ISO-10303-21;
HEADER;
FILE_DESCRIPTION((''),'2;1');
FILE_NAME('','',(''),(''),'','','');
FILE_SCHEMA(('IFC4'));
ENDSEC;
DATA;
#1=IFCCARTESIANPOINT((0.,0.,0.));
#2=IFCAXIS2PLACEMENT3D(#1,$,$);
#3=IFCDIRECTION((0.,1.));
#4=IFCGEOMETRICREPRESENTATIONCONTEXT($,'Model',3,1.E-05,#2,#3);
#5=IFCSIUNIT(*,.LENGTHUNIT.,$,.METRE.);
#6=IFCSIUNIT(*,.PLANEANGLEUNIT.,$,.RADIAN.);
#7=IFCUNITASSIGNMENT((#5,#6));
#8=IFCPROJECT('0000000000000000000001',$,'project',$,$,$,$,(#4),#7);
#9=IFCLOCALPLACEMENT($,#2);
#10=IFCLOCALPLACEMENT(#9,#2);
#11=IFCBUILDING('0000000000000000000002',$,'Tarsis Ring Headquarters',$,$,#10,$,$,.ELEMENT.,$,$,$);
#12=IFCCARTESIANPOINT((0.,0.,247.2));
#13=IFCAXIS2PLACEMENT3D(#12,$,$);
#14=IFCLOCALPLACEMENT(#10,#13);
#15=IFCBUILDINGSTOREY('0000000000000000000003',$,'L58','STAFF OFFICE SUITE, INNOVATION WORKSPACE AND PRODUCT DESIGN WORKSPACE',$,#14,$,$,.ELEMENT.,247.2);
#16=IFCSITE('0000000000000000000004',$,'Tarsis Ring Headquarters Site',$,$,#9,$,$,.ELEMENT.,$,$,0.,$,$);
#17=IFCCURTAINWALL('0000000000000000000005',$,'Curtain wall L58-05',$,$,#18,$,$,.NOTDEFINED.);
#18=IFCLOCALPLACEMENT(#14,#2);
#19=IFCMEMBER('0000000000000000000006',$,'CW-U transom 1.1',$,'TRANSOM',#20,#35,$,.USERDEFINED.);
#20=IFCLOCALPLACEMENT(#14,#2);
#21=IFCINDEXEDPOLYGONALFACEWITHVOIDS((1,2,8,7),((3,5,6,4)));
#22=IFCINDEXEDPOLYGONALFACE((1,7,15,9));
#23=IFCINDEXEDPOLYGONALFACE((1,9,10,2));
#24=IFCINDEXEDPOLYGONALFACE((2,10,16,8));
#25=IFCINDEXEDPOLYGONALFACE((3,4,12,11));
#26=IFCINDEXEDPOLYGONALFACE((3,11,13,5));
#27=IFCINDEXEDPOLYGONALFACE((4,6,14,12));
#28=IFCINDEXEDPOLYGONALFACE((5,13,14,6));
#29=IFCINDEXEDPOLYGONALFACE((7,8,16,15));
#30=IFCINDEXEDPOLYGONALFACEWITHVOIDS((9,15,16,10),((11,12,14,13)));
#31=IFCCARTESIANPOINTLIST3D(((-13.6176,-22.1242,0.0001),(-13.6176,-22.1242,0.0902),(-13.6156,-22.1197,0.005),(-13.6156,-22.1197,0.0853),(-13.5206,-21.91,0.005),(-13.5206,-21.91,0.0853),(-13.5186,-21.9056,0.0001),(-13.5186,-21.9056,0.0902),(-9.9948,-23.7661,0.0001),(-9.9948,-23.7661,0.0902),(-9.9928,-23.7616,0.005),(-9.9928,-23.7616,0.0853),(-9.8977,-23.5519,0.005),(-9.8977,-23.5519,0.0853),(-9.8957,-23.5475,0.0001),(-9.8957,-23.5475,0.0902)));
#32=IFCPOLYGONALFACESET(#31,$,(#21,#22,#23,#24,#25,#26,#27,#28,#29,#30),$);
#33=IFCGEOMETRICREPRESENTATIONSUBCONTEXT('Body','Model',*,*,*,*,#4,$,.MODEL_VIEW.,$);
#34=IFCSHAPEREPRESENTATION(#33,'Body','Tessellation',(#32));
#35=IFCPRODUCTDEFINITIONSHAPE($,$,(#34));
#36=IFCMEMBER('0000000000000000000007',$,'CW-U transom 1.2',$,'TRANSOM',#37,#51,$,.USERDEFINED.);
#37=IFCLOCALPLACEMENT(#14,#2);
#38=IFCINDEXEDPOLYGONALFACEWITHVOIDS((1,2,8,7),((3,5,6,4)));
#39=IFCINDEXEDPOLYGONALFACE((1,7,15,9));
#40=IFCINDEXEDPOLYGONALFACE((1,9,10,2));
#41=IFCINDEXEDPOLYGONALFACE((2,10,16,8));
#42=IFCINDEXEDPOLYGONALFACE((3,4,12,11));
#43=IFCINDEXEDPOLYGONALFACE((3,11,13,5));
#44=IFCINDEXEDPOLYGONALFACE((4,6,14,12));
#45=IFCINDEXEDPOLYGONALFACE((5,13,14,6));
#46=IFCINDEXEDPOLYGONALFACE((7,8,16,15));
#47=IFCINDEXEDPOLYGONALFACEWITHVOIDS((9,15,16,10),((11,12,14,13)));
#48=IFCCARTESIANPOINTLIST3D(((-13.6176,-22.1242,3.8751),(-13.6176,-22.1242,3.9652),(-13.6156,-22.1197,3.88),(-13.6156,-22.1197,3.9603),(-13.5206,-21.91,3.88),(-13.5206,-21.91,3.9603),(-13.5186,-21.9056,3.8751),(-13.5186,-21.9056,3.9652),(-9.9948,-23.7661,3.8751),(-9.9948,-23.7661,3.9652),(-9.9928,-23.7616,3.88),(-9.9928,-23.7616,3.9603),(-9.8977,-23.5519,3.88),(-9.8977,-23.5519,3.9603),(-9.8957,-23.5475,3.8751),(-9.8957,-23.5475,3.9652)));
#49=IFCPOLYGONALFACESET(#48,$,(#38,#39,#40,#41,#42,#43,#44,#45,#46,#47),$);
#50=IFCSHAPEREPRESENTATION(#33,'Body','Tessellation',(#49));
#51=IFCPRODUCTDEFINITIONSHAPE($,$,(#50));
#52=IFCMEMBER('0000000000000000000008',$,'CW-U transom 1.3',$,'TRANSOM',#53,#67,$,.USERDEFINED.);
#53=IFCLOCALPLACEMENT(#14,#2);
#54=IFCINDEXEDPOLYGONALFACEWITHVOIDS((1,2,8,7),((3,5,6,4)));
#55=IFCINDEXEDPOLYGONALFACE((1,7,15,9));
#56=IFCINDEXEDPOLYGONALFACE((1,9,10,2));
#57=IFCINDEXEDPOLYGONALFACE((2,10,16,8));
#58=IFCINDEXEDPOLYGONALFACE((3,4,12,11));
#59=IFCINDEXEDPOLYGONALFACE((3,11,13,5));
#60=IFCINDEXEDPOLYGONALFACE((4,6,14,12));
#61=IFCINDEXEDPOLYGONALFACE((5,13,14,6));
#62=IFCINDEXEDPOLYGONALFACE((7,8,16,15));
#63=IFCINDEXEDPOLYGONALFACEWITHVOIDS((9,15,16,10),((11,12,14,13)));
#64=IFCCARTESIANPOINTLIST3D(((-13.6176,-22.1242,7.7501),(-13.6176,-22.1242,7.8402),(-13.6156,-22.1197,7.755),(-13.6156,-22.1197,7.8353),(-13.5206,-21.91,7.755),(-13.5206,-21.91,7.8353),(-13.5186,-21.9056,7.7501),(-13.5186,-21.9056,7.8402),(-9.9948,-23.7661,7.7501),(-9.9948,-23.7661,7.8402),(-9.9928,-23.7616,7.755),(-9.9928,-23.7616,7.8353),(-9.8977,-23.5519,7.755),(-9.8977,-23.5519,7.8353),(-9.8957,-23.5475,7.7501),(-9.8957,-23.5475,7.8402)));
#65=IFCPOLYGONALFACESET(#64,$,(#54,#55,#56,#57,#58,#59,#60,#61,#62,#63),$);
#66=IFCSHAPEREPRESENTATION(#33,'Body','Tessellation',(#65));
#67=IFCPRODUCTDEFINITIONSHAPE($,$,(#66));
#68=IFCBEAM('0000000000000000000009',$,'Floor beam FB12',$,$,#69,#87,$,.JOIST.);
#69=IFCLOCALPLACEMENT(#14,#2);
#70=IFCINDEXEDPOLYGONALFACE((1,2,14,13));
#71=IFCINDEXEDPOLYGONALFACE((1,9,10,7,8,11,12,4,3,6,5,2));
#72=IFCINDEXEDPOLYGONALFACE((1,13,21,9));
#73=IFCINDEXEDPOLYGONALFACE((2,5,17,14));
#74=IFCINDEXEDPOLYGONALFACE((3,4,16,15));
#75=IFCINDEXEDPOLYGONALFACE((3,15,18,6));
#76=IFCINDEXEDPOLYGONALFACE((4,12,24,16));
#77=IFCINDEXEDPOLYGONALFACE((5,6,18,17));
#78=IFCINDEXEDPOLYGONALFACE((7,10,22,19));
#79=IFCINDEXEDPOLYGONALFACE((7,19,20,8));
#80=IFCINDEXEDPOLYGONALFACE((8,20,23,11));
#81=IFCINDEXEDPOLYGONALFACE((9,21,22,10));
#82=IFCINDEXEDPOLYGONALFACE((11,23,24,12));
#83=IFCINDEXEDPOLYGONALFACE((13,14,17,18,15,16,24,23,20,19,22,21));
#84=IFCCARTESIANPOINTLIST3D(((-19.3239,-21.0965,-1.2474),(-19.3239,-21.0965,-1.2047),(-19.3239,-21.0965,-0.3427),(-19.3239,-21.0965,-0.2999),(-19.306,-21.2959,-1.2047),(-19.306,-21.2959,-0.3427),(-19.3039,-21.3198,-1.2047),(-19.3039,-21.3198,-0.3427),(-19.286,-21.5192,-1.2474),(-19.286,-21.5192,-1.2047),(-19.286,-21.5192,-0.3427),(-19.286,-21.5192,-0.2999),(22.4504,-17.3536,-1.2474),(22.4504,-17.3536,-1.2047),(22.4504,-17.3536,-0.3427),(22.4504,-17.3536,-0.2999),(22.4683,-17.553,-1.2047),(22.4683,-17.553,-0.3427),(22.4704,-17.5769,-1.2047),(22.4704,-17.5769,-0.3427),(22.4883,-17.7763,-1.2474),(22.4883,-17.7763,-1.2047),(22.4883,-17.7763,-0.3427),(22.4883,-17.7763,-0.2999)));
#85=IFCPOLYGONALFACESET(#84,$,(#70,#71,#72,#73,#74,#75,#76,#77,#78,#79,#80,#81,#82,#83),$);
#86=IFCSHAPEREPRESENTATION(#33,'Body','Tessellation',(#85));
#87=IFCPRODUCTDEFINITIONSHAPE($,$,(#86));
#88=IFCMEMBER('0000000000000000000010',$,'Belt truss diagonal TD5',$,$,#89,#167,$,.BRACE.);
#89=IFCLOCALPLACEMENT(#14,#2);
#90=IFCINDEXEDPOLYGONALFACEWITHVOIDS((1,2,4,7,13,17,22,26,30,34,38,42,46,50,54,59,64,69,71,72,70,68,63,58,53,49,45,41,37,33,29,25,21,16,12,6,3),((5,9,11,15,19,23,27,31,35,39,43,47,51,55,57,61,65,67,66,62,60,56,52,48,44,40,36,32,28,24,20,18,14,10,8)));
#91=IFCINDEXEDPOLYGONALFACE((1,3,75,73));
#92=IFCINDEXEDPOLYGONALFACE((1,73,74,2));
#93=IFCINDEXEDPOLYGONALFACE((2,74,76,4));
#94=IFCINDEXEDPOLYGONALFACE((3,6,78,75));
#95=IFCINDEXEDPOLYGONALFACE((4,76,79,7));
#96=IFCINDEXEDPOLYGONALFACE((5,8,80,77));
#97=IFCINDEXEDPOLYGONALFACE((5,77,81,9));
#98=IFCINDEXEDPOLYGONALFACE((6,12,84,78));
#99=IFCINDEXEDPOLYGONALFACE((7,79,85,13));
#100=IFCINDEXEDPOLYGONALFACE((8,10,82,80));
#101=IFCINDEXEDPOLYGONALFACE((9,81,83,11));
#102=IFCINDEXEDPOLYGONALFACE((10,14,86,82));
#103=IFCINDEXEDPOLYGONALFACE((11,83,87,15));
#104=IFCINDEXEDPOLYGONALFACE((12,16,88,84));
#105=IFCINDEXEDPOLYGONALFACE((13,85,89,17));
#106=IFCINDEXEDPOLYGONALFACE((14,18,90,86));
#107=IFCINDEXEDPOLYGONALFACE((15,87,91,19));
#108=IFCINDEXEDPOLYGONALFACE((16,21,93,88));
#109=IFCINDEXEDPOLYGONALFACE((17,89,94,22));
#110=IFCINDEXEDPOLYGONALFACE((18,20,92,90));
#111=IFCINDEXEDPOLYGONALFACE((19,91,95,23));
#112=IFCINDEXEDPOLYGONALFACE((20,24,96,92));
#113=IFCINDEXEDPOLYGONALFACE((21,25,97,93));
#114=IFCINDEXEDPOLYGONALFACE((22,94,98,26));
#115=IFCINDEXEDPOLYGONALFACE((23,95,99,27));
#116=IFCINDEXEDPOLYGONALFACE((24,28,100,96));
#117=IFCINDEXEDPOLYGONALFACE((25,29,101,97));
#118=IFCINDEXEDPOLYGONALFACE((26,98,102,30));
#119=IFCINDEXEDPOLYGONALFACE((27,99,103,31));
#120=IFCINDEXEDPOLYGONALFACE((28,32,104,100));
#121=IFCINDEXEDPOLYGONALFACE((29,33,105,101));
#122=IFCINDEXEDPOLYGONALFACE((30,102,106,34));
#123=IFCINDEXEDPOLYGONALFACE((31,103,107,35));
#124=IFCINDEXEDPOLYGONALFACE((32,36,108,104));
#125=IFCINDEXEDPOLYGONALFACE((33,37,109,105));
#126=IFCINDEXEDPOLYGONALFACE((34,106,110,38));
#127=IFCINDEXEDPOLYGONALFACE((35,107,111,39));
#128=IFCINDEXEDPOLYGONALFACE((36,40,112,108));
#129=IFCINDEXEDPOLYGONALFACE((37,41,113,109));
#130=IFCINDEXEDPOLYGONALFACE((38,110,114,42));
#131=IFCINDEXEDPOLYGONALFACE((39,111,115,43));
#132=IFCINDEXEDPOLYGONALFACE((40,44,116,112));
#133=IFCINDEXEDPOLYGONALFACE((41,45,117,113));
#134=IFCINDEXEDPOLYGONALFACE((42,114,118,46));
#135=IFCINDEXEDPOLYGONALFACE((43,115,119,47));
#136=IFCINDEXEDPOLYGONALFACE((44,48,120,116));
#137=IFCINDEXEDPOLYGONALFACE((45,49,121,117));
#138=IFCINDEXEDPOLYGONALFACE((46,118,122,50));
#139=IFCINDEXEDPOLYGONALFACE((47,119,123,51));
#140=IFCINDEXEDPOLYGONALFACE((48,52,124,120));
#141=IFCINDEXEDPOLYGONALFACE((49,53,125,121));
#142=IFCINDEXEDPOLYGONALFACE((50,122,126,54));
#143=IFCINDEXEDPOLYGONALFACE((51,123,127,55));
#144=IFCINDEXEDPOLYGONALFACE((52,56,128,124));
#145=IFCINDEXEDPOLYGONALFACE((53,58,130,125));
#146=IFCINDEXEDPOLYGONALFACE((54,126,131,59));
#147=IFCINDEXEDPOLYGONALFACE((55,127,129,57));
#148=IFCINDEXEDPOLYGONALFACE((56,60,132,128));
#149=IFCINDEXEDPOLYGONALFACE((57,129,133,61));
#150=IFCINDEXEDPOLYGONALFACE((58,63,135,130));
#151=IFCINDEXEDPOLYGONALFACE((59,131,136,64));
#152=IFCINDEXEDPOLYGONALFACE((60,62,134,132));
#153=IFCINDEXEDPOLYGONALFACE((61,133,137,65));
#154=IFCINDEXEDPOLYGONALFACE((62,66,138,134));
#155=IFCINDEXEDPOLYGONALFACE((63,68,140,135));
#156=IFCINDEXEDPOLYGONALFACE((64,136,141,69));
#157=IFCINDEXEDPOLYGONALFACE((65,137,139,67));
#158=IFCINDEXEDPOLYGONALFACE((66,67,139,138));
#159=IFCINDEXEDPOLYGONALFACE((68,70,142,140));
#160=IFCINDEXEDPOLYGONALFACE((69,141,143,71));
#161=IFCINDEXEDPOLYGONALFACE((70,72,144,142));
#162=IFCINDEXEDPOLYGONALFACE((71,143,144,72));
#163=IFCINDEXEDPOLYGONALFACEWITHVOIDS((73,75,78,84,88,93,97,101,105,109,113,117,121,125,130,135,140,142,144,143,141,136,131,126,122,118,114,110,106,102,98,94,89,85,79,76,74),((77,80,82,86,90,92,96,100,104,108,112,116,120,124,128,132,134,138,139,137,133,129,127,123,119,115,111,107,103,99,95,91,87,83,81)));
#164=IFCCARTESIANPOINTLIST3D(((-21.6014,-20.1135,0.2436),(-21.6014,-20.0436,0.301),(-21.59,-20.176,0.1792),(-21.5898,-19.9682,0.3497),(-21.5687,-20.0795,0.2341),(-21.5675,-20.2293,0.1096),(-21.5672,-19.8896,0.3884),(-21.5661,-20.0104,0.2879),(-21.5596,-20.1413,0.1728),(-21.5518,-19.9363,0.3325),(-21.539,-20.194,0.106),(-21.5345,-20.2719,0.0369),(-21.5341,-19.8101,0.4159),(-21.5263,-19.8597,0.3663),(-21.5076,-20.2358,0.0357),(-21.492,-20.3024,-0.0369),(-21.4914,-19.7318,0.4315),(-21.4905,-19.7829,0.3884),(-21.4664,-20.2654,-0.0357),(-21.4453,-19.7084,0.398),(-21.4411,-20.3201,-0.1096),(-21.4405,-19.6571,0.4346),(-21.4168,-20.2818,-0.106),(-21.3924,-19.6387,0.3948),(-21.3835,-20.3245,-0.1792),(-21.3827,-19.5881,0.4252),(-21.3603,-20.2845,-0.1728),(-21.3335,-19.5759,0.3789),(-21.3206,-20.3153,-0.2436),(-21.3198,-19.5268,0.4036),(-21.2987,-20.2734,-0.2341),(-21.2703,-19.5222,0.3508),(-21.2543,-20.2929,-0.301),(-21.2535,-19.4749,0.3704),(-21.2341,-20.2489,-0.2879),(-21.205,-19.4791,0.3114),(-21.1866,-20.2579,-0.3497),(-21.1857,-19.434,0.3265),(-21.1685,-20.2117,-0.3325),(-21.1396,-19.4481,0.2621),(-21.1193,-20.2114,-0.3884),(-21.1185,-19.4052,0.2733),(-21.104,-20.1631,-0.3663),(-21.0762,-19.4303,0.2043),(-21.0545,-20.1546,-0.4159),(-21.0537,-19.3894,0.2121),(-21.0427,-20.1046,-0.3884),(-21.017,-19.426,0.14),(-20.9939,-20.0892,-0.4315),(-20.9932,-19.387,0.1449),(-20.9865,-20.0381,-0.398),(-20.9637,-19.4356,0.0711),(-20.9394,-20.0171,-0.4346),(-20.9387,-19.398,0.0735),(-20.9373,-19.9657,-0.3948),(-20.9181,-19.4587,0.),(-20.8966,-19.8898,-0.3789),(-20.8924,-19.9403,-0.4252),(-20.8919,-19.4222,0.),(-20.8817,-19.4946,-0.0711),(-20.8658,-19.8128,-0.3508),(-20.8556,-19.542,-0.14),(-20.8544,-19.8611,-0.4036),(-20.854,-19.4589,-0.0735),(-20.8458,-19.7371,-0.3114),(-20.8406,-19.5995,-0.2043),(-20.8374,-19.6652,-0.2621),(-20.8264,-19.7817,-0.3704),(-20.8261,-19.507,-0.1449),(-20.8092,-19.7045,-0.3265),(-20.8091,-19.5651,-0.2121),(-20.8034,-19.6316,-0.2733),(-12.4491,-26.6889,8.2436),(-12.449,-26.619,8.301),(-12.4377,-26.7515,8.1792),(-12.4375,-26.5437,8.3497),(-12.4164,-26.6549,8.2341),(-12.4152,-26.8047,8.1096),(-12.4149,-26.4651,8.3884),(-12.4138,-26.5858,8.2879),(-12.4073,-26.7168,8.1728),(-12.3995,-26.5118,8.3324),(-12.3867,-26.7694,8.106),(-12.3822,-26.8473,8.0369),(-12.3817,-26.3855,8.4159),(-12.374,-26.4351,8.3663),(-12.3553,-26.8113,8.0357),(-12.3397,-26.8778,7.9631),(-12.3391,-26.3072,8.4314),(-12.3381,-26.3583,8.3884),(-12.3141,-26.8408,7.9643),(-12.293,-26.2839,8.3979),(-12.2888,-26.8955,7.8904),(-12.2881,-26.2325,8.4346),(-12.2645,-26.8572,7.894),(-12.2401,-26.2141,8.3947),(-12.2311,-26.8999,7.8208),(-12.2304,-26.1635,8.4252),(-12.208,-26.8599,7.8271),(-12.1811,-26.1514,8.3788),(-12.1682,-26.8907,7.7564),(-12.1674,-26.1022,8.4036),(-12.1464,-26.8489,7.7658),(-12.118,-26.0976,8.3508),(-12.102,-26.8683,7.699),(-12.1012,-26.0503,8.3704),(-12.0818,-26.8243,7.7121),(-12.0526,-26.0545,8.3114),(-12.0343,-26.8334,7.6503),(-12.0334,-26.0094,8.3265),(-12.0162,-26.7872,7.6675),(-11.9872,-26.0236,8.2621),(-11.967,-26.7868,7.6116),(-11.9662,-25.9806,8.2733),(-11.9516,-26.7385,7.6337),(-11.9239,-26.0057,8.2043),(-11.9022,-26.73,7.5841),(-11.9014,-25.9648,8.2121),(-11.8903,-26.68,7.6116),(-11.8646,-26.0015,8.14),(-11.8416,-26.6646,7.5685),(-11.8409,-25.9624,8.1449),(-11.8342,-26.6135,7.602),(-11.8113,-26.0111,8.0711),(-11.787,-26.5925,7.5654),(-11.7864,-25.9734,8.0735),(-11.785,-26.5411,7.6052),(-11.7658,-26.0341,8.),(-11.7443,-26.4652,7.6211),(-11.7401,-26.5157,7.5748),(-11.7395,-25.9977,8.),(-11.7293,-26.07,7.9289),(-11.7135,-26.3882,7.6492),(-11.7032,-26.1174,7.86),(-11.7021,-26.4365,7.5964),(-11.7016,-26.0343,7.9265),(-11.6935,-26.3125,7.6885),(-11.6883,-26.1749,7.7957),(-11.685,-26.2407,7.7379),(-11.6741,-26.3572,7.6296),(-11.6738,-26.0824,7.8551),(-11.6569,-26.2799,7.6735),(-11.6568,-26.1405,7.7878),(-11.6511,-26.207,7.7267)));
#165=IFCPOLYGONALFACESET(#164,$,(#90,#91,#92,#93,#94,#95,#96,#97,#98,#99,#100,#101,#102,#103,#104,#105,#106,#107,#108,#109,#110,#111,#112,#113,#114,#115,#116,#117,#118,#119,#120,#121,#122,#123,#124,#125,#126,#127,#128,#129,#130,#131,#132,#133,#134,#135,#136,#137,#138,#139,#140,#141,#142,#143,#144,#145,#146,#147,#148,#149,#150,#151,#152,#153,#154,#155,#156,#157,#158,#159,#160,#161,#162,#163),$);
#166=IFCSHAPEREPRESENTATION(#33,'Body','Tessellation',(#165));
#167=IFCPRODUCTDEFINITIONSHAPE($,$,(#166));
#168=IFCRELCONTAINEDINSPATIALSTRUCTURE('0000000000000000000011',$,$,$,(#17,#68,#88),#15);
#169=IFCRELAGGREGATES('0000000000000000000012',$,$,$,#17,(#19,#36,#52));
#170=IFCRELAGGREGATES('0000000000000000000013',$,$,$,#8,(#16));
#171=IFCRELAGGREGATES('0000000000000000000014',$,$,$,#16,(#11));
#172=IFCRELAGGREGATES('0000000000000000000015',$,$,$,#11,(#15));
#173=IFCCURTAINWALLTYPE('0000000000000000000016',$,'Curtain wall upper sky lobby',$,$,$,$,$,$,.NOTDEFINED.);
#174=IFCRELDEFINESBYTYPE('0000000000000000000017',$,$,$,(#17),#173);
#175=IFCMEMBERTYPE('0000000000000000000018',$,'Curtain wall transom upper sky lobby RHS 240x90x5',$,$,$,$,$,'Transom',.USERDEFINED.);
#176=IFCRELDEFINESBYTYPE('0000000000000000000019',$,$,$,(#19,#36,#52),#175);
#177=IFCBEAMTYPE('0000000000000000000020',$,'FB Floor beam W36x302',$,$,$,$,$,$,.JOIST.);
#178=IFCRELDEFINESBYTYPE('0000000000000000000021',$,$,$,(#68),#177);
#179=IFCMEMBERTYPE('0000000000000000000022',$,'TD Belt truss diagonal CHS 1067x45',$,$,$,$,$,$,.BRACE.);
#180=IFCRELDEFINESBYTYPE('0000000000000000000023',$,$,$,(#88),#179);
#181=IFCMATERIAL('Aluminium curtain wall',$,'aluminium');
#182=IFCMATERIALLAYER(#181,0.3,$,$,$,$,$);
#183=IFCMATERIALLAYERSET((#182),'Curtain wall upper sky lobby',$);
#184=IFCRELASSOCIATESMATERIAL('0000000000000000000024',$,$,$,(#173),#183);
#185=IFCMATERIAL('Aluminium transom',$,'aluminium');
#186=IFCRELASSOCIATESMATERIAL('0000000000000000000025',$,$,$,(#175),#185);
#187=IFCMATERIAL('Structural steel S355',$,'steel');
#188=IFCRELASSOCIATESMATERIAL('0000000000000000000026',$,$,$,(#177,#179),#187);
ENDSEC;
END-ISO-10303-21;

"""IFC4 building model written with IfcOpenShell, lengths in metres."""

from ifc_helpers import new_model, si_unit, direction, frame, origin, origin_2d, place, context, subcontext, project, spatial, hollow_rectangle, hollow_circle, i_section, extrude, material, layer, layer_set, material_profile, profile_set, type_object, element, aggregate, save


model = new_model("IFC4")

# Units and contexts
model_context = context("Model", 3, precision=1e-05, world=origin(), true_north=direction((0.0, 1.0)))
body_context = subcontext(model_context, "Body", "Model", "MODEL_VIEW")
ifc_project = project(units=[si_unit("LENGTHUNIT", "METRE"), si_unit("PLANEANGLEUNIT", "RADIAN")], contexts=[model_context])

# Site, building, storey
site_placement = place(None, origin())
site = spatial("IfcSite", under=ifc_project, at=site_placement, Name="Tarsis Ring Headquarters Site", CompositionType="ELEMENT", RefElevation=0.0)
building_placement = place(site_placement, origin())
building = spatial("IfcBuilding", under=site, at=building_placement, Name="Tarsis Ring Headquarters", CompositionType="ELEMENT")
storey_placement = place(building_placement, frame((0.0, 0.0, 247.2)))
storey = spatial("IfcBuildingStorey", under=building, at=storey_placement, Name="L58", Description="STAFF OFFICE SUITE, INNOVATION WORKSPACE AND PRODUCT DESIGN WORKSPACE", CompositionType="ELEMENT", Elevation=247.2)

# Shared definitions
ifc_material_1 = material(Name="Structural steel S355", Category="steel")
ifc_material_profile_1 = material_profile(ifc_material_1, hollow_circle(Radius=0.5334, WallThickness=0.0449, at=origin_2d()), Name="CHS 1067x45")
ifc_profile_set_1 = profile_set([ifc_material_profile_1], Name="Structural steel S355")

# Shared definitions
ifc_material_2 = material(Name="Aluminium curtain wall", Category="aluminium")
ifc_layer_1 = layer(ifc_material_2, 0.3)
ifc_layer_set_1 = layer_set([ifc_layer_1], Name="Curtain wall upper sky lobby")
curtain_wall_type = type_object("IfcCurtainWallType", Name="Curtain wall upper sky lobby", PredefinedType="NOTDEFINED", material=ifc_layer_set_1)

# Curtain wall
curtain_wall_1_placement = place(storey_placement, origin())
curtain_wall_1 = element("IfcCurtainWall", 1, at=curtain_wall_1_placement, inside=storey, type_object=curtain_wall_type, Name="Curtain wall L58-05", PredefinedType="NOTDEFINED")

# Members
ifc_material_3 = material(Name="Aluminium transom", Category="aluminium")
ifc_material_profile_2 = material_profile(ifc_material_3, hollow_rectangle(XDim=0.24, YDim=0.0901, WallThickness=0.0049, at=origin_2d()), Name="RHS 240x90x5")
ifc_profile_set_2 = profile_set([ifc_material_profile_2], Name="Aluminium transom")
member_type_1 = type_object("IfcMemberType", Name="Curtain wall transom upper sky lobby RHS 240x90x5", ElementType="Transom", PredefinedType="USERDEFINED", material=ifc_profile_set_2)
member_1_placement = place(storey_placement, frame((-13.5681, -22.0149, 0.0452), z_axis=(0.910828, -0.412785, 0.0), x_axis=(0.412785, 0.910828, 0.0)))
member_1 = element("IfcMember", 2, at=member_1_placement, type_object=member_type_1, Name="CW-U transom 1.1", ObjectType="TRANSOM", PredefinedType="USERDEFINED", context=body_context, shape_type="SweptSolid", body=[
    extrude(hollow_rectangle(XDim=0.24, YDim=0.0901, WallThickness=0.0049, at=origin_2d()), origin(), (0.0, 0.0, 1.0), 3.9775),
])
member_2_placement = place(storey_placement, frame((-13.5681, -22.0149, 3.9202), z_axis=(0.910828, -0.412785, 0.0), x_axis=(0.412785, 0.910828, 0.0)))
member_2 = element("IfcMember", 3, at=member_2_placement, type_object=member_type_1, Name="CW-U transom 1.2", ObjectType="TRANSOM", PredefinedType="USERDEFINED", context=body_context, shape_type="SweptSolid", body=[
    extrude(hollow_rectangle(XDim=0.24, YDim=0.0901, WallThickness=0.0049, at=origin_2d()), origin(), (0.0, 0.0, 1.0), 3.9775),
])
member_3_placement = place(storey_placement, frame((-13.5681, -22.0149, 7.7952), z_axis=(0.910828, -0.412785, 0.0), x_axis=(0.412785, 0.910828, 0.0)))
member_3 = element("IfcMember", 4, at=member_3_placement, type_object=member_type_1, Name="CW-U transom 1.3", ObjectType="TRANSOM", PredefinedType="USERDEFINED", context=body_context, shape_type="SweptSolid", body=[
    extrude(hollow_rectangle(XDim=0.24, YDim=0.0901, WallThickness=0.0049, at=origin_2d()), origin(), (0.0, 0.0, 1.0), 3.9775),
])

# Beam
ifc_material_profile_3 = material_profile(ifc_material_1, i_section(OverallWidth=0.4243, OverallDepth=0.9475, WebThickness=0.0239, FlangeThickness=0.0427, at=origin_2d()), Name="W36x302")
ifc_profile_set_3 = profile_set([ifc_material_profile_3], Name="Structural steel S355")
beam_type_1 = type_object("IfcBeamType", Name="FB Floor beam W36x302", PredefinedType="JOIST", material=ifc_profile_set_3)
beam_1_placement = place(storey_placement, frame((-19.3049, -21.3079, -0.7737), z_axis=(0.99601, 0.089241, 0.0), x_axis=(-0.089241, 0.99601, 0.0)))
element("IfcBeam", 5, at=beam_1_placement, inside=storey, type_object=beam_type_1, Name="Floor beam FB12", PredefinedType="JOIST", context=body_context, shape_type="SweptSolid", body=[
    extrude(i_section(OverallWidth=0.4243, OverallDepth=0.9475, WebThickness=0.0239, FlangeThickness=0.0427, at=origin_2d()), origin(), (0.0, 0.0, 1.0), 41.9417),
])

# Member
member_type_2 = type_object("IfcMemberType", Name="TD Belt truss diagonal CHS 1067x45", PredefinedType="BRACE", material=ifc_profile_set_1)
member_4_placement = place(storey_placement, frame((-21.2031, -19.8555, 0.0), z_axis=(0.662237, -0.47578, 0.578857), x_axis=(0.583472, 0.812133, 0.0)))
element("IfcMember", 6, at=member_4_placement, inside=storey, type_object=member_type_2, Name="Belt truss diagonal TD5", PredefinedType="BRACE", context=body_context, shape_type="SweptSolid", body=[
    extrude(hollow_circle(Radius=0.5334, WallThickness=0.0449, at=origin_2d()), origin(), (0.0, 0.0, 1.0), 13.8203),
])

aggregate(curtain_wall_1, [member_1, member_2, member_3])

save(model, "model.ifc")
